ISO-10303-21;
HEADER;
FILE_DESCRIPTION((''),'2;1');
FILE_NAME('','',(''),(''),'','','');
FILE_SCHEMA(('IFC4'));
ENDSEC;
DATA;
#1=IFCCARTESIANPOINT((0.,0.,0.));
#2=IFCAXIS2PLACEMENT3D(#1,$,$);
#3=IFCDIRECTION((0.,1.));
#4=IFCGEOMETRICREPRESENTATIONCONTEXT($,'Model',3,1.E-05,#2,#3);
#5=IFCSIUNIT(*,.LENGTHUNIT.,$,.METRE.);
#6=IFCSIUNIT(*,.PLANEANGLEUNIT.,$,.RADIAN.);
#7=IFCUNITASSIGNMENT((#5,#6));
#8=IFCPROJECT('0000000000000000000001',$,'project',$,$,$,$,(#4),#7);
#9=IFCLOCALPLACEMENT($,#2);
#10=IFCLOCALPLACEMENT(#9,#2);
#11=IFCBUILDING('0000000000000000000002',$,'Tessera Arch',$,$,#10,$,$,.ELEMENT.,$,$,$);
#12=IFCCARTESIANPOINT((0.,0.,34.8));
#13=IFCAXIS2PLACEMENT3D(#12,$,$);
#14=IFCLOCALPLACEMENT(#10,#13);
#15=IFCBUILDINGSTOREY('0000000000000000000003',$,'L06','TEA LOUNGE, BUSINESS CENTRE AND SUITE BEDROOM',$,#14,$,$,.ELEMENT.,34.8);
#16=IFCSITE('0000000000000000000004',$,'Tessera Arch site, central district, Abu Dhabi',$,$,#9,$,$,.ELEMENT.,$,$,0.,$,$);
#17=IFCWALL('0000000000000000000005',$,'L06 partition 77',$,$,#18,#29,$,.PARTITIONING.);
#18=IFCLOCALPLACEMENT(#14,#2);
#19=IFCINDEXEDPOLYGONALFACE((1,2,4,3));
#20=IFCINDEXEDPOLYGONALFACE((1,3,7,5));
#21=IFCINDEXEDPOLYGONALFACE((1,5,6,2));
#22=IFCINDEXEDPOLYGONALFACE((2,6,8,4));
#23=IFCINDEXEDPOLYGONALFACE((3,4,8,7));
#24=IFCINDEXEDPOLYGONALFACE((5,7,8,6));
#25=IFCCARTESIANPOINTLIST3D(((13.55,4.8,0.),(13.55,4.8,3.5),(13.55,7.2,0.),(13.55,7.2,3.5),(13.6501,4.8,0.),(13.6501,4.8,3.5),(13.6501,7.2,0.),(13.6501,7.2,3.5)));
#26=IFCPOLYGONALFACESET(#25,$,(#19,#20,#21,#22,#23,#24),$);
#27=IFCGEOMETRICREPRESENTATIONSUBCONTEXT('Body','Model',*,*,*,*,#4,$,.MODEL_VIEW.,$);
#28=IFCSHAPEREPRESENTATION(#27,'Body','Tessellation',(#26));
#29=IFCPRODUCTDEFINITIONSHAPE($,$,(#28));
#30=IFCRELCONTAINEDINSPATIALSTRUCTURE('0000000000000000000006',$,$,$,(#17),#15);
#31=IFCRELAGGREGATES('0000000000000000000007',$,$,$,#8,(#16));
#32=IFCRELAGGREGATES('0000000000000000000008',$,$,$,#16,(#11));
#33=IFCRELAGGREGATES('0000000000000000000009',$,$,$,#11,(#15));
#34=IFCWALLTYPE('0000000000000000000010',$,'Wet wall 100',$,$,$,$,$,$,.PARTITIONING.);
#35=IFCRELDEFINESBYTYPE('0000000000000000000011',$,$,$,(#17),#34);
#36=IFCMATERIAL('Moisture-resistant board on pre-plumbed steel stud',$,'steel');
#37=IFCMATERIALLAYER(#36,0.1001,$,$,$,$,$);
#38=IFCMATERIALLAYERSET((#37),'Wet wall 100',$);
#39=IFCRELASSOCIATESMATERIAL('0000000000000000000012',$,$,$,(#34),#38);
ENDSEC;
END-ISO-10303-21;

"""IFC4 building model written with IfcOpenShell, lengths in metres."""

from ifc_helpers import new_model, si_unit, direction, frame, frame_2d, origin, place, context, subcontext, project, spatial, rectangle, extrude, material, layer, layer_set, type_object, element, save


model = new_model("IFC4")

# Units and contexts
model_context = context("Model", 3, precision=1e-05, world=origin(), true_north=direction((0.0, 1.0)))
body_context = subcontext(model_context, "Body", "Model", "MODEL_VIEW")
ifc_project = project(units=[si_unit("LENGTHUNIT", "METRE"), si_unit("PLANEANGLEUNIT", "RADIAN")], contexts=[model_context])

# Site, building, storey
site_placement = place(None, origin())
site = spatial("IfcSite", under=ifc_project, at=site_placement, Name="Tessera Arch site, central district, Abu Dhabi", CompositionType="ELEMENT", RefElevation=0.0)
building_placement = place(site_placement, origin())
building = spatial("IfcBuilding", under=site, at=building_placement, Name="Tessera Arch", CompositionType="ELEMENT")
storey_placement = place(building_placement, frame((0.0, 0.0, 34.8)))
storey = spatial("IfcBuildingStorey", under=building, at=storey_placement, Name="L06", Description="TEA LOUNGE, BUSINESS CENTRE AND SUITE BEDROOM", CompositionType="ELEMENT", Elevation=34.8)

# Shared definitions
ifc_material_1 = material(Name="Moisture-resistant board on pre-plumbed steel stud", Category="steel")
ifc_layer_1 = layer(ifc_material_1, 0.1001)
ifc_layer_set_1 = layer_set([ifc_layer_1], Name="Wet wall 100")
wall_type_1 = type_object("IfcWallType", Name="Wet wall 100", PredefinedType="PARTITIONING", material=ifc_layer_set_1)

# Wall
wall_1_placement = place(storey_placement, frame((13.6001, 4.8, 0.0), z_axis=(0.0, 0.0, 1.0), x_axis=(0.0, 1.0, 0.0)))
element("IfcWall", 1, at=wall_1_placement, inside=storey, type_object=wall_type_1, Name="L06 partition 77", PredefinedType="PARTITIONING", context=body_context, shape_type="SweptSolid", body=[
    extrude(rectangle(XDim=2.3999, YDim=0.1001, at=frame_2d((1.2, 0.0))), origin(), (0.0, 0.0, 1.0), 3.5),
])

save(model, "model.ifc")
